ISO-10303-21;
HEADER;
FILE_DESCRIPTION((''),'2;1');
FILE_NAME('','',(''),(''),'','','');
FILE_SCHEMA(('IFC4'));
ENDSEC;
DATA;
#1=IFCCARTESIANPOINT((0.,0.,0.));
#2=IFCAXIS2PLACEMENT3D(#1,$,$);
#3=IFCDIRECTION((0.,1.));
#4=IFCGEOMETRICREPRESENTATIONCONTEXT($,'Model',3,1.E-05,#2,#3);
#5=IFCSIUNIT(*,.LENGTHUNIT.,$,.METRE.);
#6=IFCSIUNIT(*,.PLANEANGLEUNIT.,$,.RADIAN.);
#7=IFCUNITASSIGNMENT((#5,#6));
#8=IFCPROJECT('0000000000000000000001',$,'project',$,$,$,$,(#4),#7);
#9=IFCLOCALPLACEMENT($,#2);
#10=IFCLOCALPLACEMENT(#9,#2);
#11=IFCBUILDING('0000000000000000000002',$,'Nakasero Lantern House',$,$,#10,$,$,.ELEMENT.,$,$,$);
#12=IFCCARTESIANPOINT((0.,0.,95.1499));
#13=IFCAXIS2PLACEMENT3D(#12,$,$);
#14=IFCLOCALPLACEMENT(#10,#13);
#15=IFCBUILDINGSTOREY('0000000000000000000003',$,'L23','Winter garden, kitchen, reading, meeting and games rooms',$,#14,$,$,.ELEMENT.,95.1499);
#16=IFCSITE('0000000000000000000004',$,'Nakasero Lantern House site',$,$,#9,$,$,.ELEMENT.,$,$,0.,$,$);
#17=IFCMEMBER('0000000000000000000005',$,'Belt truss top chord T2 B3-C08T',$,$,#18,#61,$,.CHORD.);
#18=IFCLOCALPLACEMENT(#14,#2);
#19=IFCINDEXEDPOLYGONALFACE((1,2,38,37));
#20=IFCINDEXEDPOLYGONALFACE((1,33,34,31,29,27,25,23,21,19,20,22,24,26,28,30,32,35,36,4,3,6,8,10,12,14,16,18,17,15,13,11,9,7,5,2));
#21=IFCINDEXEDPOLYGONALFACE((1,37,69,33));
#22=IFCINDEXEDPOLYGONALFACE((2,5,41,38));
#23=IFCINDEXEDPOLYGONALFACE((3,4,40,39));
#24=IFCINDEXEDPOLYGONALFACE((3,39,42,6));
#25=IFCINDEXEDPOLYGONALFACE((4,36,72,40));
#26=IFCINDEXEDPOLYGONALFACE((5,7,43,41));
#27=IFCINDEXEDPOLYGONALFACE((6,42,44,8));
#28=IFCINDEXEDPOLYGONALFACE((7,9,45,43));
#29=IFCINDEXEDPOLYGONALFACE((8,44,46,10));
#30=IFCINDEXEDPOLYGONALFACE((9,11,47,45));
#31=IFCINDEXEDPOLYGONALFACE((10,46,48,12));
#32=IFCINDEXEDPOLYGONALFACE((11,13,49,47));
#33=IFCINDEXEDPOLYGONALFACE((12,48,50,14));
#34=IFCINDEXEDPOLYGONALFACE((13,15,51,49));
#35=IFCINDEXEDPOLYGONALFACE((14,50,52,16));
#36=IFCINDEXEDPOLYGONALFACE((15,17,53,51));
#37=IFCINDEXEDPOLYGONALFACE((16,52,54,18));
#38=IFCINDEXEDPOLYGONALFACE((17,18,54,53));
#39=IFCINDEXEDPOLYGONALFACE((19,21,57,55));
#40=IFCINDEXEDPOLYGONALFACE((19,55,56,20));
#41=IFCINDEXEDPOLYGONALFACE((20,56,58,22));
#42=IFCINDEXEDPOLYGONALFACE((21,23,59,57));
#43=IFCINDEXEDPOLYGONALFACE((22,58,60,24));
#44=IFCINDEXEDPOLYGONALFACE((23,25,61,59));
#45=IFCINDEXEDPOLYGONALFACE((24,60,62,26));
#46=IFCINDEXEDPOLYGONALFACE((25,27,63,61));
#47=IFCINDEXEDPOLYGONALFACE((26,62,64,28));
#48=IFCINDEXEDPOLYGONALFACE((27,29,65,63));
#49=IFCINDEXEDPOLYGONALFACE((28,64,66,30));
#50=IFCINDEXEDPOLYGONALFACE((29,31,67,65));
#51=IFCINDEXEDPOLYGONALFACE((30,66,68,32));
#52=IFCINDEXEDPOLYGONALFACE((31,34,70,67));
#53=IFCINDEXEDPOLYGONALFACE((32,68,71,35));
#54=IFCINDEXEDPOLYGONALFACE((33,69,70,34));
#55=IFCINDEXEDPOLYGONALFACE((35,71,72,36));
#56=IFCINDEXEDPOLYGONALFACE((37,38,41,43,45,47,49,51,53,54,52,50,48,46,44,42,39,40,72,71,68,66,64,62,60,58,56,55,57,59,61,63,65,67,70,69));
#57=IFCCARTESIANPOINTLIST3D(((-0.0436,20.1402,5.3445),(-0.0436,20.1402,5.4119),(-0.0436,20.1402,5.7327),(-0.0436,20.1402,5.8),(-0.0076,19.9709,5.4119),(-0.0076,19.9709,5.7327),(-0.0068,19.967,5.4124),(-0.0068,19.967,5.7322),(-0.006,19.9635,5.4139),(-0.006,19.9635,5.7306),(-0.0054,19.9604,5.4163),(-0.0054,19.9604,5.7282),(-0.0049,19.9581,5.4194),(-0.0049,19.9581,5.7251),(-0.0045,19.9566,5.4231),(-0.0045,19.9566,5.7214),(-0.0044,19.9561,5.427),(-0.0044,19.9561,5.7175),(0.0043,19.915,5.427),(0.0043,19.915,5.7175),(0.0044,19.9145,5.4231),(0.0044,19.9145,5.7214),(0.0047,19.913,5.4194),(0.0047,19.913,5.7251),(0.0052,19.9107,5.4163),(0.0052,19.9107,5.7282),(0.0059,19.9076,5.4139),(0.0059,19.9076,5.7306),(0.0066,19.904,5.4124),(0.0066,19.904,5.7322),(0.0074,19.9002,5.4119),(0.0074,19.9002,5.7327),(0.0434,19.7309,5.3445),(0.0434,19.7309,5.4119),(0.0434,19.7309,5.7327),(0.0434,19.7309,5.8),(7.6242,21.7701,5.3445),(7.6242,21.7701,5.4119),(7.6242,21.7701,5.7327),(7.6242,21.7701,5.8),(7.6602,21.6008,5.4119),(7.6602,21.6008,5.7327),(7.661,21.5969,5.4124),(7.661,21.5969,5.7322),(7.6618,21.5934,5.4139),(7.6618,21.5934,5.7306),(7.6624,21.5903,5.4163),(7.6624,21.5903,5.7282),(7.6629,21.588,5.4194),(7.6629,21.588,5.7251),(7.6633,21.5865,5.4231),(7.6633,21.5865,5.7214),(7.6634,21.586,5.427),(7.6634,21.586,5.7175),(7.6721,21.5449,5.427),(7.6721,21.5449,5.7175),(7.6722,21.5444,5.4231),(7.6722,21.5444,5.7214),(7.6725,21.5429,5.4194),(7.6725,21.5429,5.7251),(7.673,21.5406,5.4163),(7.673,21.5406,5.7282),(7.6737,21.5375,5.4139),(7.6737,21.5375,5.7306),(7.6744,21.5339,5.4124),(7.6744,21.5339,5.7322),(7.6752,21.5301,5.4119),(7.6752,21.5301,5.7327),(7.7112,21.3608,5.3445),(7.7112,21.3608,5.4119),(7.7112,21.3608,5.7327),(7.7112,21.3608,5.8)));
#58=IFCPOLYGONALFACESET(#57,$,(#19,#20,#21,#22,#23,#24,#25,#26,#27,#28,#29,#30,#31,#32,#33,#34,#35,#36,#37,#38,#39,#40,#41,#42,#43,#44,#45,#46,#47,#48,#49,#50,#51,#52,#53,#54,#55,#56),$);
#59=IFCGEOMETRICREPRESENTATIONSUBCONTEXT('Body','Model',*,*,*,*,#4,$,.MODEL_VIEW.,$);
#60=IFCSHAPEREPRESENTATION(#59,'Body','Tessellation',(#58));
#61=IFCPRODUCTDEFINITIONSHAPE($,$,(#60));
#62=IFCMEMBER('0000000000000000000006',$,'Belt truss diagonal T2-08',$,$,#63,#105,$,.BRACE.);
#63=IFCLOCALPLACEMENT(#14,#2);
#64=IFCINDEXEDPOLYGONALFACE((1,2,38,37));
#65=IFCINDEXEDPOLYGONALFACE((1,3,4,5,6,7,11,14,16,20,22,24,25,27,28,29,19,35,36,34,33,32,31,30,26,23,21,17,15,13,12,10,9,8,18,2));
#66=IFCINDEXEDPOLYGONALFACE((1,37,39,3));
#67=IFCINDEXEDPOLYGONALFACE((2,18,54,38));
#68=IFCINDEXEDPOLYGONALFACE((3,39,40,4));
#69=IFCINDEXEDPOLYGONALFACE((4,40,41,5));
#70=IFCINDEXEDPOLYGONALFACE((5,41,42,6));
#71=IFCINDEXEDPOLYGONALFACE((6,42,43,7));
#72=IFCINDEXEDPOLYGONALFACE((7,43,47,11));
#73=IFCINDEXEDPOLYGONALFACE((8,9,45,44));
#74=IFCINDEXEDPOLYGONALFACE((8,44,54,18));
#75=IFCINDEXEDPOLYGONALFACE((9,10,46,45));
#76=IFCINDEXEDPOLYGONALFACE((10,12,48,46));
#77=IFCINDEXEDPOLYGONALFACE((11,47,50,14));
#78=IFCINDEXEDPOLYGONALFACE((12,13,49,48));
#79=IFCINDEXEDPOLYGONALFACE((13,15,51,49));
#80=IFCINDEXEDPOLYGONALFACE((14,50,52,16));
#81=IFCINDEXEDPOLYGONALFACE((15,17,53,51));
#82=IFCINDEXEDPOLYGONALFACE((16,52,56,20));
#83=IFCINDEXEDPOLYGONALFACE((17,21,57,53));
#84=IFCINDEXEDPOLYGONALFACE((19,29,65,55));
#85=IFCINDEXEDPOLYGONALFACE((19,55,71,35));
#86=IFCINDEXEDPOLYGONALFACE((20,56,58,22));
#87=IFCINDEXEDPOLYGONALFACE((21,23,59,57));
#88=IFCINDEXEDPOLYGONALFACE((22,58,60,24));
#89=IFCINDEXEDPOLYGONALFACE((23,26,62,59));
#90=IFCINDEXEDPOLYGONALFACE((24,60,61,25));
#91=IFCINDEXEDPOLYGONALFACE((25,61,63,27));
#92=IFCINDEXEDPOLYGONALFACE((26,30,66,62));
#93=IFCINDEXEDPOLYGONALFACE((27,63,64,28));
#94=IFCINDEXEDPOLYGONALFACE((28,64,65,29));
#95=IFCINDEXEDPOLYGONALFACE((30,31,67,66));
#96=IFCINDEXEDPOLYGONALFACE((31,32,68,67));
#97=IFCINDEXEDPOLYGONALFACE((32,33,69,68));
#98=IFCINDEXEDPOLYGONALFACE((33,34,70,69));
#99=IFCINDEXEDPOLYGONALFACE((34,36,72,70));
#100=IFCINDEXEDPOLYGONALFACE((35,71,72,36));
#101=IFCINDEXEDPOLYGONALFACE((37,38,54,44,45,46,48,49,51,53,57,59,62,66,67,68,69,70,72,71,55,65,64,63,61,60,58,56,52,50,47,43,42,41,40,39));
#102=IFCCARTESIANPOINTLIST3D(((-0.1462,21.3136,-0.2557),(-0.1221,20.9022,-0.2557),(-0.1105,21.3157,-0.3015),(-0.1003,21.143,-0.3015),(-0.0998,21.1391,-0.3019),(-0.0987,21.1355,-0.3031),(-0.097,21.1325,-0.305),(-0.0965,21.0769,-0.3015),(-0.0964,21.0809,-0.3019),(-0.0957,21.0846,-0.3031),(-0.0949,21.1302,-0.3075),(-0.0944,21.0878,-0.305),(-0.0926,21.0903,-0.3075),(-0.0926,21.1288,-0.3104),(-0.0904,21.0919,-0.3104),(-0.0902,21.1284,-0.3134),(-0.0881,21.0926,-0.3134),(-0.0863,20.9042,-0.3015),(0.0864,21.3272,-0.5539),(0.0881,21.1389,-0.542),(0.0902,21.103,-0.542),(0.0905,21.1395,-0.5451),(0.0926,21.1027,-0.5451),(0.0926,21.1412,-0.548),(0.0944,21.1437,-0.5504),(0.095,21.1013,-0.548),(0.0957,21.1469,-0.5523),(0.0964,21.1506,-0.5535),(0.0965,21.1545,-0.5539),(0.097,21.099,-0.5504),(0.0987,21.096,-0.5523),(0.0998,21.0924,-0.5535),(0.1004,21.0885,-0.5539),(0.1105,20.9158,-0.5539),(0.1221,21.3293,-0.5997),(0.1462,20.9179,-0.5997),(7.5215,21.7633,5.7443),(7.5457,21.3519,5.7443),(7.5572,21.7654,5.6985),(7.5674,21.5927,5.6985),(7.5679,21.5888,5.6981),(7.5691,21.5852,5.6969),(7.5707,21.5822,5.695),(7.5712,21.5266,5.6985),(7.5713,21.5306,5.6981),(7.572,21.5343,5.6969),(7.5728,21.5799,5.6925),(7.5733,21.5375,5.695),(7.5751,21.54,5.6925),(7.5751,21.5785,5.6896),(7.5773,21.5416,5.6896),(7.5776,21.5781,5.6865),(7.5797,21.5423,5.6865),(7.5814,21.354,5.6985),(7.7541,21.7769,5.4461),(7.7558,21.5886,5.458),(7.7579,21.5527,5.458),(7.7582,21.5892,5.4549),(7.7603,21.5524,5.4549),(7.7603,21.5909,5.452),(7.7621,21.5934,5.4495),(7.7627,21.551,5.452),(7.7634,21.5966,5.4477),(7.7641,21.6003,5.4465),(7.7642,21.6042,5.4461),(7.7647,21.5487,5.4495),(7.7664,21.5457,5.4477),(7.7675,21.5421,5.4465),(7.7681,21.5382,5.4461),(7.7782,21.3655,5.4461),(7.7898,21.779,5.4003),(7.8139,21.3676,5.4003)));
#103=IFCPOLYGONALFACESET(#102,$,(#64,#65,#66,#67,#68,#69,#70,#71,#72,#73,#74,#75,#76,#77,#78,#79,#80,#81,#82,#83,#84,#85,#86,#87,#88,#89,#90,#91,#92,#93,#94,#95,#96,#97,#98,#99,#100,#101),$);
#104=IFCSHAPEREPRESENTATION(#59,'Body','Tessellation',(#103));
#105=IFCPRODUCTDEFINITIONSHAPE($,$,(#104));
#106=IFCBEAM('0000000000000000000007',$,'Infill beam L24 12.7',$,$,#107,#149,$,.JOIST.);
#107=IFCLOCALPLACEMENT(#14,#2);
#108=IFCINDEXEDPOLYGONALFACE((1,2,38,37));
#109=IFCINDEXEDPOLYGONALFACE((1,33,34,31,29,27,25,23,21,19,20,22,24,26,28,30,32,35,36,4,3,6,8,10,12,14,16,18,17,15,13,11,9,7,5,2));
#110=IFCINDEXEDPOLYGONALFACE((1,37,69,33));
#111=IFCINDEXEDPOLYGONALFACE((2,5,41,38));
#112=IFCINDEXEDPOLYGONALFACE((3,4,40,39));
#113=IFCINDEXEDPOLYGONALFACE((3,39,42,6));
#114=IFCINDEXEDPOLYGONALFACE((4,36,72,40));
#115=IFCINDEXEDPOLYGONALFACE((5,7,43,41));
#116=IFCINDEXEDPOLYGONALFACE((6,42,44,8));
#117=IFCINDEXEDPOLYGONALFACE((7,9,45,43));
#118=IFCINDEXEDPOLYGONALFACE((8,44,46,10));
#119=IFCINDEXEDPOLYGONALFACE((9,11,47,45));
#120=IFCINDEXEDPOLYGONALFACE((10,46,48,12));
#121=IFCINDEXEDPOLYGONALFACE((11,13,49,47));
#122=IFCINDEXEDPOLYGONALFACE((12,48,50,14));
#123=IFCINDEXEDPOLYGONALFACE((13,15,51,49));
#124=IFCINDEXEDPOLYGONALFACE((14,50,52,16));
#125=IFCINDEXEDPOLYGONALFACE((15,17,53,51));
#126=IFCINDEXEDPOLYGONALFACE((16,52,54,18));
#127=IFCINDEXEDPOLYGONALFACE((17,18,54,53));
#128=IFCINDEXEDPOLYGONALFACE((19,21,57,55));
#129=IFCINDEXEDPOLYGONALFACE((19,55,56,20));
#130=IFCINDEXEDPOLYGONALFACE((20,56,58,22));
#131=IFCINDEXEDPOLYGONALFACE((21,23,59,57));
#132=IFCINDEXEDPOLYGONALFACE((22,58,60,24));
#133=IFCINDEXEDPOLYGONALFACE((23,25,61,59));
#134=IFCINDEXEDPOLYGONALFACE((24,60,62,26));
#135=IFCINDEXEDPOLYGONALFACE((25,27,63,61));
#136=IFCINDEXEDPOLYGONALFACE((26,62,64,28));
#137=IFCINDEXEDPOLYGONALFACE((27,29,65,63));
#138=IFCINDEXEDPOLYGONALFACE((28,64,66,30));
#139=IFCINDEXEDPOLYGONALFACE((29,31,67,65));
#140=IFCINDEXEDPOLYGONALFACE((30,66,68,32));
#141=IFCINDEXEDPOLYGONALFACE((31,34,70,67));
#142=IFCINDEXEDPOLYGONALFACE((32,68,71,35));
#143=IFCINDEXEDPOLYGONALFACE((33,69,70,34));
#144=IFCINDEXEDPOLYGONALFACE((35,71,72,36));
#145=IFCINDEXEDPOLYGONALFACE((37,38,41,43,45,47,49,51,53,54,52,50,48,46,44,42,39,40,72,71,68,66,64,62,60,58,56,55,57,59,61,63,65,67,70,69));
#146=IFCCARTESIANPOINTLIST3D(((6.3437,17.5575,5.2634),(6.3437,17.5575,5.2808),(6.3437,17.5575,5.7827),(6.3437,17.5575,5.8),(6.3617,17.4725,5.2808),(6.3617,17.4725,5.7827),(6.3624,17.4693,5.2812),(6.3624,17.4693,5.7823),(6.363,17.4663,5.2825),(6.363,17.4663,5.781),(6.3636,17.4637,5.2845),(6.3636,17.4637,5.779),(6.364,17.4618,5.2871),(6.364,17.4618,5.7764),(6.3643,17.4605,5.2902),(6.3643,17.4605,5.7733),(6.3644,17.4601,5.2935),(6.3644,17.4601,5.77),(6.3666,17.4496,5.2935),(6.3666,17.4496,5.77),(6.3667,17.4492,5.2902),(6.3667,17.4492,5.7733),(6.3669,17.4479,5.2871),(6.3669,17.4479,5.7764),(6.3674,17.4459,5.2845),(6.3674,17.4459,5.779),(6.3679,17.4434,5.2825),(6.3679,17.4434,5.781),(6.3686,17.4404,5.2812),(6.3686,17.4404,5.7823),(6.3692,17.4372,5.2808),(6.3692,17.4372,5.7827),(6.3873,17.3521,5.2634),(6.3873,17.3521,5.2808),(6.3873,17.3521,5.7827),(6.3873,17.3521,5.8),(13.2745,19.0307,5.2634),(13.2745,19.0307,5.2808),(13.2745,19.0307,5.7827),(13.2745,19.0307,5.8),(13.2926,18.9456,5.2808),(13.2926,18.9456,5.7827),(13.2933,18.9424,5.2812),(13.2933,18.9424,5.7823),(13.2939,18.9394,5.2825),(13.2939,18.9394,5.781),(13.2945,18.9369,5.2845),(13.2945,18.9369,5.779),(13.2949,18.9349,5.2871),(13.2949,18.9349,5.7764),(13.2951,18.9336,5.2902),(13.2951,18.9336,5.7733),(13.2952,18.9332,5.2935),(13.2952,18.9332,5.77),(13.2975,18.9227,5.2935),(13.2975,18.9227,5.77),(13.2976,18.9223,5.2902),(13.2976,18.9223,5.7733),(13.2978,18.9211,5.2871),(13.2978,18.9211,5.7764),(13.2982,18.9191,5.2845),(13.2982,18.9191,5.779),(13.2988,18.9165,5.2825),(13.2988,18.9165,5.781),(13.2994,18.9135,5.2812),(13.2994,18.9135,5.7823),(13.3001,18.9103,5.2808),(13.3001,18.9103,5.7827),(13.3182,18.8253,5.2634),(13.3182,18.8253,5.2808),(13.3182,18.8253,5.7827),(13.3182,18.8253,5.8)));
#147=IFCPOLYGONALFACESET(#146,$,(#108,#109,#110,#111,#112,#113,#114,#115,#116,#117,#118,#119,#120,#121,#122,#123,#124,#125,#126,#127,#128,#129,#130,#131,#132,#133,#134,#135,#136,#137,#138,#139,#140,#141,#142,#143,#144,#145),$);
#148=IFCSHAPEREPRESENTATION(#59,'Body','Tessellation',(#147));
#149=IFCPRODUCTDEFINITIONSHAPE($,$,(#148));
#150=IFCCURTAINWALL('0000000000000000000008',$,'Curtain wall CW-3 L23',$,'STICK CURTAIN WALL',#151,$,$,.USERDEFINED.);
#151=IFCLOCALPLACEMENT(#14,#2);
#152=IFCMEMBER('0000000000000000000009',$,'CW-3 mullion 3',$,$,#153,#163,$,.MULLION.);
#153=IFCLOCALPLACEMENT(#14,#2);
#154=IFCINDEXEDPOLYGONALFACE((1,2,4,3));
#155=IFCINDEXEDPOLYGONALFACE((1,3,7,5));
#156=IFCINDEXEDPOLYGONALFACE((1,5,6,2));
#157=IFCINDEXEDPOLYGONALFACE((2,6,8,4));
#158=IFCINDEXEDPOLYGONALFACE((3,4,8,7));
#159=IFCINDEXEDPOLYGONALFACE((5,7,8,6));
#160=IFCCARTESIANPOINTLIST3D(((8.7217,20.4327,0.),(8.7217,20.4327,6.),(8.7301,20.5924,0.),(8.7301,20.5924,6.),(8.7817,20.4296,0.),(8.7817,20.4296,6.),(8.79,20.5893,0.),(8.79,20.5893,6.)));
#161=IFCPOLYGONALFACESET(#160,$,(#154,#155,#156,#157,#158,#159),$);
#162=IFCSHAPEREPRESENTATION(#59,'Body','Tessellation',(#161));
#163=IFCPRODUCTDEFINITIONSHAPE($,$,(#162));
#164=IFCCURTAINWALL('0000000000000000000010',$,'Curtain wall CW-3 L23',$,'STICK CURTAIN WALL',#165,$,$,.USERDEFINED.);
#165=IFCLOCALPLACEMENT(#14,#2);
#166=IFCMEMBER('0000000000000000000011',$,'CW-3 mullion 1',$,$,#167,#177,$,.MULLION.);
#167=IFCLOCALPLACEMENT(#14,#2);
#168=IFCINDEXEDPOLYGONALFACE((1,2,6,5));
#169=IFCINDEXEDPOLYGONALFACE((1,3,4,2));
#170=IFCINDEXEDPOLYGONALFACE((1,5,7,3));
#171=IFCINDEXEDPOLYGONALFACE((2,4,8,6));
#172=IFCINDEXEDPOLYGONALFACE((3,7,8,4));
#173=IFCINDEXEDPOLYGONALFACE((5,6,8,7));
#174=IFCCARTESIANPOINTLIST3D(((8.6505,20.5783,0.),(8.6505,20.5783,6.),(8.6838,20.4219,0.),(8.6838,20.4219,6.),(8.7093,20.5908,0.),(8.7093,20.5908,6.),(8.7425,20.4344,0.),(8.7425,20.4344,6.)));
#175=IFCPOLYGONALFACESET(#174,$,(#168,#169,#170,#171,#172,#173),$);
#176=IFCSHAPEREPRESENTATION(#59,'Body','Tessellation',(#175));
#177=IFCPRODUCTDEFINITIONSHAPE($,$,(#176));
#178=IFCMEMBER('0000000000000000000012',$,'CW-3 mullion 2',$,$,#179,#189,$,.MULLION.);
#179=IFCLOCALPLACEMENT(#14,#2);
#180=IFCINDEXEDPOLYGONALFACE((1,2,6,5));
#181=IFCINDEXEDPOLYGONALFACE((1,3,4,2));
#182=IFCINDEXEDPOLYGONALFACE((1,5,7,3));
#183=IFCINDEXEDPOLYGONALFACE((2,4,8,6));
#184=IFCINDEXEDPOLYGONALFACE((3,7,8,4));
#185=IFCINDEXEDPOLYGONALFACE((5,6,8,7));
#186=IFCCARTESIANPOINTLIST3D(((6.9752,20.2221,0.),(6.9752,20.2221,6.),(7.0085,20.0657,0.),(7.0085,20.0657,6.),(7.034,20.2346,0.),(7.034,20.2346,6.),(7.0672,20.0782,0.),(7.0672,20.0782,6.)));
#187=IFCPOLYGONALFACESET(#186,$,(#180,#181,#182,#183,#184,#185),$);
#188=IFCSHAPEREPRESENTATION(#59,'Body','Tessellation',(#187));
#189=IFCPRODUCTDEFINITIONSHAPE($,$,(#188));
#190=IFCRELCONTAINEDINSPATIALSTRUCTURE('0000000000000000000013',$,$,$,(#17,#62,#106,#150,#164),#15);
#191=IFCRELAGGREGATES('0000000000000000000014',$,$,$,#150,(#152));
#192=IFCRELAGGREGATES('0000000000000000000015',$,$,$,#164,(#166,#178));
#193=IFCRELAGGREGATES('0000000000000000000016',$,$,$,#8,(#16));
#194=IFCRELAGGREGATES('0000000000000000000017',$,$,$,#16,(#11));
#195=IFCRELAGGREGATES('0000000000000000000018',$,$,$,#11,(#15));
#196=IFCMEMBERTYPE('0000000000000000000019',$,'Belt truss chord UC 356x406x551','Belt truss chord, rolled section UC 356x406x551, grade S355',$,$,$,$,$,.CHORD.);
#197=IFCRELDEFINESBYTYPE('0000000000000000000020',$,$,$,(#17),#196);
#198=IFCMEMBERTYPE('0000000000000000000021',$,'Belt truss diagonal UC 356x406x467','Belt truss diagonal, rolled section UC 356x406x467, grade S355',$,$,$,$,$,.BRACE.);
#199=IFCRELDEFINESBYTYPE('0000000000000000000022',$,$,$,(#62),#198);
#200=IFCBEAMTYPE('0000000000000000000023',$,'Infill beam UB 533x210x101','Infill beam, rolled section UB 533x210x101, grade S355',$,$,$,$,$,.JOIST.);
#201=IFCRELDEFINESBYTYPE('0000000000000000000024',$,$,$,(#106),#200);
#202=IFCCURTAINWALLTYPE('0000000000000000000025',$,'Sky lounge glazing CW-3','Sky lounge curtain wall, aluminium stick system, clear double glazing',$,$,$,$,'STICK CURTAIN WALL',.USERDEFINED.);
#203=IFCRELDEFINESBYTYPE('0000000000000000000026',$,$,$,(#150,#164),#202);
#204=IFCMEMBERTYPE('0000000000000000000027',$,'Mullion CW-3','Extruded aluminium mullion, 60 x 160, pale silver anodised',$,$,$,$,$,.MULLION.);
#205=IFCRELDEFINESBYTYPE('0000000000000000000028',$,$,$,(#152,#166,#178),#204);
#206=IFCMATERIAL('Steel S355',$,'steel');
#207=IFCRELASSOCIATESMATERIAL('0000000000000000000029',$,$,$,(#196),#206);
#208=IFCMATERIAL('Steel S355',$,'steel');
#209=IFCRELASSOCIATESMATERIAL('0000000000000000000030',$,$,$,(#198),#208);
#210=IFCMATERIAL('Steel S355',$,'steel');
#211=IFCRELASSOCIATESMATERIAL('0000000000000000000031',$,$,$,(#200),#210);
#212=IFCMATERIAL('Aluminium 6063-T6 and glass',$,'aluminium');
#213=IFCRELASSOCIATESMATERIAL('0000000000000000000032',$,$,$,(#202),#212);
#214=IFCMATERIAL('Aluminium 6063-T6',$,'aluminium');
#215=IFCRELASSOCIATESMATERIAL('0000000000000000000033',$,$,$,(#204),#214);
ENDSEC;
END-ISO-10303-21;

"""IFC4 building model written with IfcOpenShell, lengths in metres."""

from ifc_helpers import new_model, si_unit, direction, frame, origin, origin_2d, place, context, subcontext, project, spatial, rectangle, i_section, extrude, material, material_profile, profile_set, type_object, element, aggregate, save


model = new_model("IFC4")

# Units and contexts
model_context = context("Model", 3, precision=1e-05, world=origin(), true_north=direction((0.0, 1.0)))
body_context = subcontext(model_context, "Body", "Model", "MODEL_VIEW")
ifc_project = project(units=[si_unit("LENGTHUNIT", "METRE"), si_unit("PLANEANGLEUNIT", "RADIAN")], contexts=[model_context])

# Site, building, storey
site_placement = place(None, origin())
site = spatial("IfcSite", under=ifc_project, at=site_placement, Name="Nakasero Lantern House site", CompositionType="ELEMENT", RefElevation=0.0)
building_placement = place(site_placement, origin())
building = spatial("IfcBuilding", under=site, at=building_placement, Name="Nakasero Lantern House", CompositionType="ELEMENT")
storey_placement = place(building_placement, frame((0.0, 0.0, 95.1499)))
storey = spatial("IfcBuildingStorey", under=building, at=storey_placement, Name="L23", Description="Winter garden, kitchen, reading, meeting and games rooms", CompositionType="ELEMENT", Elevation=95.1499)

# Members
ifc_material_1 = material(Name="Steel S355", Category="steel")
ifc_material_profile_1 = material_profile(ifc_material_1, i_section(OverallWidth=0.4185, OverallDepth=0.4556, WebThickness=0.042, FlangeThickness=0.0674, FilletRadius=0.0151, at=origin_2d()), Name="UC 356x406x551")
ifc_profile_set_1 = profile_set([ifc_material_profile_1], Name="Steel S355")
member_type_1 = type_object("IfcMemberType", Name="Belt truss chord UC 356x406x551", Description="Belt truss chord, rolled section UC 356x406x551, grade S355", PredefinedType="CHORD", material=ifc_profile_set_1)
member_1_placement = place(storey_placement, frame((7.6677, 21.5654, 5.5723), z_axis=(-0.978146, -0.207919, 0.0), x_axis=(0.207919, -0.978146, 0.0)))
element("IfcMember", 1, at=member_1_placement, inside=storey, type_object=member_type_1, Name="Belt truss top chord T2 B3-C08T", PredefinedType="CHORD", context=body_context, shape_type="SweptSolid", body=[
    extrude(i_section(OverallWidth=0.4185, OverallDepth=0.4556, WebThickness=0.042, FlangeThickness=0.0674, FilletRadius=0.0151, at=origin_2d()), origin(), (0.0, 0.0, 1.0), 7.8391),
])
ifc_material_2 = material(Name="Steel S355", Category="steel")
ifc_material_profile_2 = material_profile(ifc_material_2, i_section(OverallWidth=0.4121, OverallDepth=0.4365, WebThickness=0.0359, FlangeThickness=0.0581, FilletRadius=0.0151, at=origin_2d()), Name="UC 356x406x467")
ifc_profile_set_2 = profile_set([ifc_material_profile_2], Name="Steel S355")
member_type_2 = type_object("IfcMemberType", Name="Belt truss diagonal UC 356x406x467", Description="Belt truss diagonal, rolled section UC 356x406x467, grade S355", PredefinedType="BRACE", material=ifc_profile_set_2)
member_2_placement = place(storey_placement, frame((7.6677, 21.5654, 5.5723), z_axis=(-0.786708, -0.04614, -0.615599), x_axis=(0.058549, -0.998285, 0.0)))
element("IfcMember", 2, at=member_2_placement, inside=storey, type_object=member_type_2, Name="Belt truss diagonal T2-08", PredefinedType="BRACE", context=body_context, shape_type="SweptSolid", body=[
    extrude(i_section(OverallWidth=0.4121, OverallDepth=0.4365, WebThickness=0.0359, FlangeThickness=0.0581, FilletRadius=0.0151, at=origin_2d()), origin(), (0.0, 0.0, 1.0), 9.7466),
])

# Beam
ifc_material_3 = material(Name="Steel S355", Category="steel")
ifc_material_profile_3 = material_profile(ifc_material_3, i_section(OverallWidth=0.21, OverallDepth=0.5366, WebThickness=0.0107, FlangeThickness=0.0173, FilletRadius=0.0127, at=origin_2d()), Name="UB 533x210x101")
ifc_profile_set_3 = profile_set([ifc_material_profile_3], Name="Steel S355")
beam_type_1 = type_object("IfcBeamType", Name="Infill beam UB 533x210x101", Description="Infill beam, rolled section UB 533x210x101, grade S355", PredefinedType="JOIST", material=ifc_profile_set_3)
beam_1_placement = place(storey_placement, frame((6.3655, 17.4548, 5.5317), z_axis=(0.978149, 0.207903, 0.0), x_axis=(-0.207903, 0.978149, 0.0)))
element("IfcBeam", 3, at=beam_1_placement, inside=storey, type_object=beam_type_1, Name="Infill beam L24 12.7", PredefinedType="JOIST", context=body_context, shape_type="SweptSolid", body=[
    extrude(i_section(OverallWidth=0.21, OverallDepth=0.5366, WebThickness=0.0107, FlangeThickness=0.0173, FilletRadius=0.0127, at=origin_2d()), origin(), (0.0, 0.0, 1.0), 7.0857),
])

# Curtain wall, member
ifc_material_4 = material(Name="Aluminium 6063-T6 and glass", Category="aluminium")
curtain_wall_type = type_object("IfcCurtainWallType", Name="Sky lounge glazing CW-3", Description="Sky lounge curtain wall, aluminium stick system, clear double glazing", ElementType="STICK CURTAIN WALL", PredefinedType="USERDEFINED", material=ifc_material_4)
curtain_wall_1_placement = place(storey_placement, origin())
curtain_wall_1 = element("IfcCurtainWall", 4, at=curtain_wall_1_placement, inside=storey, type_object=curtain_wall_type, Name="Curtain wall CW-3 L23", ObjectType="STICK CURTAIN WALL", PredefinedType="USERDEFINED")
ifc_material_5 = material(Name="Aluminium 6063-T6", Category="aluminium")
ifc_material_profile_4 = material_profile(ifc_material_5, rectangle(XDim=0.0601, YDim=0.1599, at=origin_2d()), Name="CW-3 mullion 60x160")
ifc_profile_set_4 = profile_set([ifc_material_profile_4], Name="Aluminium 6063-T6")
member_type_3 = type_object("IfcMemberType", Name="Mullion CW-3", Description="Extruded aluminium mullion, 60 x 160, pale silver anodised", PredefinedType="MULLION", material=ifc_profile_set_4)
member_3_placement = place(storey_placement, frame((8.7559, 20.511, 0.0), z_axis=(0.0, 0.0, 1.0), x_axis=(-0.99863, 0.052336, 0.0)))
member_3 = element("IfcMember", 5, at=member_3_placement, type_object=member_type_3, Name="CW-3 mullion 3", PredefinedType="MULLION", context=body_context, shape_type="SweptSolid", body=[
    extrude(rectangle(XDim=0.0601, YDim=0.1599, at=origin_2d()), origin(), (0.0, 0.0, 1.0), 6.0),
])

# Curtain wall, members
curtain_wall_2_placement = place(storey_placement, origin())
curtain_wall_2 = element("IfcCurtainWall", 6, at=curtain_wall_2_placement, inside=storey, type_object=curtain_wall_type, Name="Curtain wall CW-3 L23", ObjectType="STICK CURTAIN WALL", PredefinedType="USERDEFINED")
member_4_placement = place(storey_placement, frame((8.6965, 20.5063, 0.0), z_axis=(0.0, 0.0, 1.0), x_axis=(-0.978148, -0.207912, 0.0)))
member_4 = element("IfcMember", 7, at=member_4_placement, type_object=member_type_3, Name="CW-3 mullion 1", PredefinedType="MULLION", context=body_context, shape_type="SweptSolid", body=[
    extrude(rectangle(XDim=0.0601, YDim=0.1599, at=origin_2d()), origin(), (0.0, 0.0, 1.0), 6.0),
])
member_5_placement = place(storey_placement, frame((7.0212, 20.1501, 0.0), z_axis=(0.0, 0.0, 1.0), x_axis=(-0.978148, -0.207912, 0.0)))
member_5 = element("IfcMember", 8, at=member_5_placement, type_object=member_type_3, Name="CW-3 mullion 2", PredefinedType="MULLION", context=body_context, shape_type="SweptSolid", body=[
    extrude(rectangle(XDim=0.0601, YDim=0.1599, at=origin_2d()), origin(), (0.0, 0.0, 1.0), 6.0),
])

aggregate(curtain_wall_1, [member_3])
aggregate(curtain_wall_2, [member_4, member_5])

save(model, "model.ifc")
